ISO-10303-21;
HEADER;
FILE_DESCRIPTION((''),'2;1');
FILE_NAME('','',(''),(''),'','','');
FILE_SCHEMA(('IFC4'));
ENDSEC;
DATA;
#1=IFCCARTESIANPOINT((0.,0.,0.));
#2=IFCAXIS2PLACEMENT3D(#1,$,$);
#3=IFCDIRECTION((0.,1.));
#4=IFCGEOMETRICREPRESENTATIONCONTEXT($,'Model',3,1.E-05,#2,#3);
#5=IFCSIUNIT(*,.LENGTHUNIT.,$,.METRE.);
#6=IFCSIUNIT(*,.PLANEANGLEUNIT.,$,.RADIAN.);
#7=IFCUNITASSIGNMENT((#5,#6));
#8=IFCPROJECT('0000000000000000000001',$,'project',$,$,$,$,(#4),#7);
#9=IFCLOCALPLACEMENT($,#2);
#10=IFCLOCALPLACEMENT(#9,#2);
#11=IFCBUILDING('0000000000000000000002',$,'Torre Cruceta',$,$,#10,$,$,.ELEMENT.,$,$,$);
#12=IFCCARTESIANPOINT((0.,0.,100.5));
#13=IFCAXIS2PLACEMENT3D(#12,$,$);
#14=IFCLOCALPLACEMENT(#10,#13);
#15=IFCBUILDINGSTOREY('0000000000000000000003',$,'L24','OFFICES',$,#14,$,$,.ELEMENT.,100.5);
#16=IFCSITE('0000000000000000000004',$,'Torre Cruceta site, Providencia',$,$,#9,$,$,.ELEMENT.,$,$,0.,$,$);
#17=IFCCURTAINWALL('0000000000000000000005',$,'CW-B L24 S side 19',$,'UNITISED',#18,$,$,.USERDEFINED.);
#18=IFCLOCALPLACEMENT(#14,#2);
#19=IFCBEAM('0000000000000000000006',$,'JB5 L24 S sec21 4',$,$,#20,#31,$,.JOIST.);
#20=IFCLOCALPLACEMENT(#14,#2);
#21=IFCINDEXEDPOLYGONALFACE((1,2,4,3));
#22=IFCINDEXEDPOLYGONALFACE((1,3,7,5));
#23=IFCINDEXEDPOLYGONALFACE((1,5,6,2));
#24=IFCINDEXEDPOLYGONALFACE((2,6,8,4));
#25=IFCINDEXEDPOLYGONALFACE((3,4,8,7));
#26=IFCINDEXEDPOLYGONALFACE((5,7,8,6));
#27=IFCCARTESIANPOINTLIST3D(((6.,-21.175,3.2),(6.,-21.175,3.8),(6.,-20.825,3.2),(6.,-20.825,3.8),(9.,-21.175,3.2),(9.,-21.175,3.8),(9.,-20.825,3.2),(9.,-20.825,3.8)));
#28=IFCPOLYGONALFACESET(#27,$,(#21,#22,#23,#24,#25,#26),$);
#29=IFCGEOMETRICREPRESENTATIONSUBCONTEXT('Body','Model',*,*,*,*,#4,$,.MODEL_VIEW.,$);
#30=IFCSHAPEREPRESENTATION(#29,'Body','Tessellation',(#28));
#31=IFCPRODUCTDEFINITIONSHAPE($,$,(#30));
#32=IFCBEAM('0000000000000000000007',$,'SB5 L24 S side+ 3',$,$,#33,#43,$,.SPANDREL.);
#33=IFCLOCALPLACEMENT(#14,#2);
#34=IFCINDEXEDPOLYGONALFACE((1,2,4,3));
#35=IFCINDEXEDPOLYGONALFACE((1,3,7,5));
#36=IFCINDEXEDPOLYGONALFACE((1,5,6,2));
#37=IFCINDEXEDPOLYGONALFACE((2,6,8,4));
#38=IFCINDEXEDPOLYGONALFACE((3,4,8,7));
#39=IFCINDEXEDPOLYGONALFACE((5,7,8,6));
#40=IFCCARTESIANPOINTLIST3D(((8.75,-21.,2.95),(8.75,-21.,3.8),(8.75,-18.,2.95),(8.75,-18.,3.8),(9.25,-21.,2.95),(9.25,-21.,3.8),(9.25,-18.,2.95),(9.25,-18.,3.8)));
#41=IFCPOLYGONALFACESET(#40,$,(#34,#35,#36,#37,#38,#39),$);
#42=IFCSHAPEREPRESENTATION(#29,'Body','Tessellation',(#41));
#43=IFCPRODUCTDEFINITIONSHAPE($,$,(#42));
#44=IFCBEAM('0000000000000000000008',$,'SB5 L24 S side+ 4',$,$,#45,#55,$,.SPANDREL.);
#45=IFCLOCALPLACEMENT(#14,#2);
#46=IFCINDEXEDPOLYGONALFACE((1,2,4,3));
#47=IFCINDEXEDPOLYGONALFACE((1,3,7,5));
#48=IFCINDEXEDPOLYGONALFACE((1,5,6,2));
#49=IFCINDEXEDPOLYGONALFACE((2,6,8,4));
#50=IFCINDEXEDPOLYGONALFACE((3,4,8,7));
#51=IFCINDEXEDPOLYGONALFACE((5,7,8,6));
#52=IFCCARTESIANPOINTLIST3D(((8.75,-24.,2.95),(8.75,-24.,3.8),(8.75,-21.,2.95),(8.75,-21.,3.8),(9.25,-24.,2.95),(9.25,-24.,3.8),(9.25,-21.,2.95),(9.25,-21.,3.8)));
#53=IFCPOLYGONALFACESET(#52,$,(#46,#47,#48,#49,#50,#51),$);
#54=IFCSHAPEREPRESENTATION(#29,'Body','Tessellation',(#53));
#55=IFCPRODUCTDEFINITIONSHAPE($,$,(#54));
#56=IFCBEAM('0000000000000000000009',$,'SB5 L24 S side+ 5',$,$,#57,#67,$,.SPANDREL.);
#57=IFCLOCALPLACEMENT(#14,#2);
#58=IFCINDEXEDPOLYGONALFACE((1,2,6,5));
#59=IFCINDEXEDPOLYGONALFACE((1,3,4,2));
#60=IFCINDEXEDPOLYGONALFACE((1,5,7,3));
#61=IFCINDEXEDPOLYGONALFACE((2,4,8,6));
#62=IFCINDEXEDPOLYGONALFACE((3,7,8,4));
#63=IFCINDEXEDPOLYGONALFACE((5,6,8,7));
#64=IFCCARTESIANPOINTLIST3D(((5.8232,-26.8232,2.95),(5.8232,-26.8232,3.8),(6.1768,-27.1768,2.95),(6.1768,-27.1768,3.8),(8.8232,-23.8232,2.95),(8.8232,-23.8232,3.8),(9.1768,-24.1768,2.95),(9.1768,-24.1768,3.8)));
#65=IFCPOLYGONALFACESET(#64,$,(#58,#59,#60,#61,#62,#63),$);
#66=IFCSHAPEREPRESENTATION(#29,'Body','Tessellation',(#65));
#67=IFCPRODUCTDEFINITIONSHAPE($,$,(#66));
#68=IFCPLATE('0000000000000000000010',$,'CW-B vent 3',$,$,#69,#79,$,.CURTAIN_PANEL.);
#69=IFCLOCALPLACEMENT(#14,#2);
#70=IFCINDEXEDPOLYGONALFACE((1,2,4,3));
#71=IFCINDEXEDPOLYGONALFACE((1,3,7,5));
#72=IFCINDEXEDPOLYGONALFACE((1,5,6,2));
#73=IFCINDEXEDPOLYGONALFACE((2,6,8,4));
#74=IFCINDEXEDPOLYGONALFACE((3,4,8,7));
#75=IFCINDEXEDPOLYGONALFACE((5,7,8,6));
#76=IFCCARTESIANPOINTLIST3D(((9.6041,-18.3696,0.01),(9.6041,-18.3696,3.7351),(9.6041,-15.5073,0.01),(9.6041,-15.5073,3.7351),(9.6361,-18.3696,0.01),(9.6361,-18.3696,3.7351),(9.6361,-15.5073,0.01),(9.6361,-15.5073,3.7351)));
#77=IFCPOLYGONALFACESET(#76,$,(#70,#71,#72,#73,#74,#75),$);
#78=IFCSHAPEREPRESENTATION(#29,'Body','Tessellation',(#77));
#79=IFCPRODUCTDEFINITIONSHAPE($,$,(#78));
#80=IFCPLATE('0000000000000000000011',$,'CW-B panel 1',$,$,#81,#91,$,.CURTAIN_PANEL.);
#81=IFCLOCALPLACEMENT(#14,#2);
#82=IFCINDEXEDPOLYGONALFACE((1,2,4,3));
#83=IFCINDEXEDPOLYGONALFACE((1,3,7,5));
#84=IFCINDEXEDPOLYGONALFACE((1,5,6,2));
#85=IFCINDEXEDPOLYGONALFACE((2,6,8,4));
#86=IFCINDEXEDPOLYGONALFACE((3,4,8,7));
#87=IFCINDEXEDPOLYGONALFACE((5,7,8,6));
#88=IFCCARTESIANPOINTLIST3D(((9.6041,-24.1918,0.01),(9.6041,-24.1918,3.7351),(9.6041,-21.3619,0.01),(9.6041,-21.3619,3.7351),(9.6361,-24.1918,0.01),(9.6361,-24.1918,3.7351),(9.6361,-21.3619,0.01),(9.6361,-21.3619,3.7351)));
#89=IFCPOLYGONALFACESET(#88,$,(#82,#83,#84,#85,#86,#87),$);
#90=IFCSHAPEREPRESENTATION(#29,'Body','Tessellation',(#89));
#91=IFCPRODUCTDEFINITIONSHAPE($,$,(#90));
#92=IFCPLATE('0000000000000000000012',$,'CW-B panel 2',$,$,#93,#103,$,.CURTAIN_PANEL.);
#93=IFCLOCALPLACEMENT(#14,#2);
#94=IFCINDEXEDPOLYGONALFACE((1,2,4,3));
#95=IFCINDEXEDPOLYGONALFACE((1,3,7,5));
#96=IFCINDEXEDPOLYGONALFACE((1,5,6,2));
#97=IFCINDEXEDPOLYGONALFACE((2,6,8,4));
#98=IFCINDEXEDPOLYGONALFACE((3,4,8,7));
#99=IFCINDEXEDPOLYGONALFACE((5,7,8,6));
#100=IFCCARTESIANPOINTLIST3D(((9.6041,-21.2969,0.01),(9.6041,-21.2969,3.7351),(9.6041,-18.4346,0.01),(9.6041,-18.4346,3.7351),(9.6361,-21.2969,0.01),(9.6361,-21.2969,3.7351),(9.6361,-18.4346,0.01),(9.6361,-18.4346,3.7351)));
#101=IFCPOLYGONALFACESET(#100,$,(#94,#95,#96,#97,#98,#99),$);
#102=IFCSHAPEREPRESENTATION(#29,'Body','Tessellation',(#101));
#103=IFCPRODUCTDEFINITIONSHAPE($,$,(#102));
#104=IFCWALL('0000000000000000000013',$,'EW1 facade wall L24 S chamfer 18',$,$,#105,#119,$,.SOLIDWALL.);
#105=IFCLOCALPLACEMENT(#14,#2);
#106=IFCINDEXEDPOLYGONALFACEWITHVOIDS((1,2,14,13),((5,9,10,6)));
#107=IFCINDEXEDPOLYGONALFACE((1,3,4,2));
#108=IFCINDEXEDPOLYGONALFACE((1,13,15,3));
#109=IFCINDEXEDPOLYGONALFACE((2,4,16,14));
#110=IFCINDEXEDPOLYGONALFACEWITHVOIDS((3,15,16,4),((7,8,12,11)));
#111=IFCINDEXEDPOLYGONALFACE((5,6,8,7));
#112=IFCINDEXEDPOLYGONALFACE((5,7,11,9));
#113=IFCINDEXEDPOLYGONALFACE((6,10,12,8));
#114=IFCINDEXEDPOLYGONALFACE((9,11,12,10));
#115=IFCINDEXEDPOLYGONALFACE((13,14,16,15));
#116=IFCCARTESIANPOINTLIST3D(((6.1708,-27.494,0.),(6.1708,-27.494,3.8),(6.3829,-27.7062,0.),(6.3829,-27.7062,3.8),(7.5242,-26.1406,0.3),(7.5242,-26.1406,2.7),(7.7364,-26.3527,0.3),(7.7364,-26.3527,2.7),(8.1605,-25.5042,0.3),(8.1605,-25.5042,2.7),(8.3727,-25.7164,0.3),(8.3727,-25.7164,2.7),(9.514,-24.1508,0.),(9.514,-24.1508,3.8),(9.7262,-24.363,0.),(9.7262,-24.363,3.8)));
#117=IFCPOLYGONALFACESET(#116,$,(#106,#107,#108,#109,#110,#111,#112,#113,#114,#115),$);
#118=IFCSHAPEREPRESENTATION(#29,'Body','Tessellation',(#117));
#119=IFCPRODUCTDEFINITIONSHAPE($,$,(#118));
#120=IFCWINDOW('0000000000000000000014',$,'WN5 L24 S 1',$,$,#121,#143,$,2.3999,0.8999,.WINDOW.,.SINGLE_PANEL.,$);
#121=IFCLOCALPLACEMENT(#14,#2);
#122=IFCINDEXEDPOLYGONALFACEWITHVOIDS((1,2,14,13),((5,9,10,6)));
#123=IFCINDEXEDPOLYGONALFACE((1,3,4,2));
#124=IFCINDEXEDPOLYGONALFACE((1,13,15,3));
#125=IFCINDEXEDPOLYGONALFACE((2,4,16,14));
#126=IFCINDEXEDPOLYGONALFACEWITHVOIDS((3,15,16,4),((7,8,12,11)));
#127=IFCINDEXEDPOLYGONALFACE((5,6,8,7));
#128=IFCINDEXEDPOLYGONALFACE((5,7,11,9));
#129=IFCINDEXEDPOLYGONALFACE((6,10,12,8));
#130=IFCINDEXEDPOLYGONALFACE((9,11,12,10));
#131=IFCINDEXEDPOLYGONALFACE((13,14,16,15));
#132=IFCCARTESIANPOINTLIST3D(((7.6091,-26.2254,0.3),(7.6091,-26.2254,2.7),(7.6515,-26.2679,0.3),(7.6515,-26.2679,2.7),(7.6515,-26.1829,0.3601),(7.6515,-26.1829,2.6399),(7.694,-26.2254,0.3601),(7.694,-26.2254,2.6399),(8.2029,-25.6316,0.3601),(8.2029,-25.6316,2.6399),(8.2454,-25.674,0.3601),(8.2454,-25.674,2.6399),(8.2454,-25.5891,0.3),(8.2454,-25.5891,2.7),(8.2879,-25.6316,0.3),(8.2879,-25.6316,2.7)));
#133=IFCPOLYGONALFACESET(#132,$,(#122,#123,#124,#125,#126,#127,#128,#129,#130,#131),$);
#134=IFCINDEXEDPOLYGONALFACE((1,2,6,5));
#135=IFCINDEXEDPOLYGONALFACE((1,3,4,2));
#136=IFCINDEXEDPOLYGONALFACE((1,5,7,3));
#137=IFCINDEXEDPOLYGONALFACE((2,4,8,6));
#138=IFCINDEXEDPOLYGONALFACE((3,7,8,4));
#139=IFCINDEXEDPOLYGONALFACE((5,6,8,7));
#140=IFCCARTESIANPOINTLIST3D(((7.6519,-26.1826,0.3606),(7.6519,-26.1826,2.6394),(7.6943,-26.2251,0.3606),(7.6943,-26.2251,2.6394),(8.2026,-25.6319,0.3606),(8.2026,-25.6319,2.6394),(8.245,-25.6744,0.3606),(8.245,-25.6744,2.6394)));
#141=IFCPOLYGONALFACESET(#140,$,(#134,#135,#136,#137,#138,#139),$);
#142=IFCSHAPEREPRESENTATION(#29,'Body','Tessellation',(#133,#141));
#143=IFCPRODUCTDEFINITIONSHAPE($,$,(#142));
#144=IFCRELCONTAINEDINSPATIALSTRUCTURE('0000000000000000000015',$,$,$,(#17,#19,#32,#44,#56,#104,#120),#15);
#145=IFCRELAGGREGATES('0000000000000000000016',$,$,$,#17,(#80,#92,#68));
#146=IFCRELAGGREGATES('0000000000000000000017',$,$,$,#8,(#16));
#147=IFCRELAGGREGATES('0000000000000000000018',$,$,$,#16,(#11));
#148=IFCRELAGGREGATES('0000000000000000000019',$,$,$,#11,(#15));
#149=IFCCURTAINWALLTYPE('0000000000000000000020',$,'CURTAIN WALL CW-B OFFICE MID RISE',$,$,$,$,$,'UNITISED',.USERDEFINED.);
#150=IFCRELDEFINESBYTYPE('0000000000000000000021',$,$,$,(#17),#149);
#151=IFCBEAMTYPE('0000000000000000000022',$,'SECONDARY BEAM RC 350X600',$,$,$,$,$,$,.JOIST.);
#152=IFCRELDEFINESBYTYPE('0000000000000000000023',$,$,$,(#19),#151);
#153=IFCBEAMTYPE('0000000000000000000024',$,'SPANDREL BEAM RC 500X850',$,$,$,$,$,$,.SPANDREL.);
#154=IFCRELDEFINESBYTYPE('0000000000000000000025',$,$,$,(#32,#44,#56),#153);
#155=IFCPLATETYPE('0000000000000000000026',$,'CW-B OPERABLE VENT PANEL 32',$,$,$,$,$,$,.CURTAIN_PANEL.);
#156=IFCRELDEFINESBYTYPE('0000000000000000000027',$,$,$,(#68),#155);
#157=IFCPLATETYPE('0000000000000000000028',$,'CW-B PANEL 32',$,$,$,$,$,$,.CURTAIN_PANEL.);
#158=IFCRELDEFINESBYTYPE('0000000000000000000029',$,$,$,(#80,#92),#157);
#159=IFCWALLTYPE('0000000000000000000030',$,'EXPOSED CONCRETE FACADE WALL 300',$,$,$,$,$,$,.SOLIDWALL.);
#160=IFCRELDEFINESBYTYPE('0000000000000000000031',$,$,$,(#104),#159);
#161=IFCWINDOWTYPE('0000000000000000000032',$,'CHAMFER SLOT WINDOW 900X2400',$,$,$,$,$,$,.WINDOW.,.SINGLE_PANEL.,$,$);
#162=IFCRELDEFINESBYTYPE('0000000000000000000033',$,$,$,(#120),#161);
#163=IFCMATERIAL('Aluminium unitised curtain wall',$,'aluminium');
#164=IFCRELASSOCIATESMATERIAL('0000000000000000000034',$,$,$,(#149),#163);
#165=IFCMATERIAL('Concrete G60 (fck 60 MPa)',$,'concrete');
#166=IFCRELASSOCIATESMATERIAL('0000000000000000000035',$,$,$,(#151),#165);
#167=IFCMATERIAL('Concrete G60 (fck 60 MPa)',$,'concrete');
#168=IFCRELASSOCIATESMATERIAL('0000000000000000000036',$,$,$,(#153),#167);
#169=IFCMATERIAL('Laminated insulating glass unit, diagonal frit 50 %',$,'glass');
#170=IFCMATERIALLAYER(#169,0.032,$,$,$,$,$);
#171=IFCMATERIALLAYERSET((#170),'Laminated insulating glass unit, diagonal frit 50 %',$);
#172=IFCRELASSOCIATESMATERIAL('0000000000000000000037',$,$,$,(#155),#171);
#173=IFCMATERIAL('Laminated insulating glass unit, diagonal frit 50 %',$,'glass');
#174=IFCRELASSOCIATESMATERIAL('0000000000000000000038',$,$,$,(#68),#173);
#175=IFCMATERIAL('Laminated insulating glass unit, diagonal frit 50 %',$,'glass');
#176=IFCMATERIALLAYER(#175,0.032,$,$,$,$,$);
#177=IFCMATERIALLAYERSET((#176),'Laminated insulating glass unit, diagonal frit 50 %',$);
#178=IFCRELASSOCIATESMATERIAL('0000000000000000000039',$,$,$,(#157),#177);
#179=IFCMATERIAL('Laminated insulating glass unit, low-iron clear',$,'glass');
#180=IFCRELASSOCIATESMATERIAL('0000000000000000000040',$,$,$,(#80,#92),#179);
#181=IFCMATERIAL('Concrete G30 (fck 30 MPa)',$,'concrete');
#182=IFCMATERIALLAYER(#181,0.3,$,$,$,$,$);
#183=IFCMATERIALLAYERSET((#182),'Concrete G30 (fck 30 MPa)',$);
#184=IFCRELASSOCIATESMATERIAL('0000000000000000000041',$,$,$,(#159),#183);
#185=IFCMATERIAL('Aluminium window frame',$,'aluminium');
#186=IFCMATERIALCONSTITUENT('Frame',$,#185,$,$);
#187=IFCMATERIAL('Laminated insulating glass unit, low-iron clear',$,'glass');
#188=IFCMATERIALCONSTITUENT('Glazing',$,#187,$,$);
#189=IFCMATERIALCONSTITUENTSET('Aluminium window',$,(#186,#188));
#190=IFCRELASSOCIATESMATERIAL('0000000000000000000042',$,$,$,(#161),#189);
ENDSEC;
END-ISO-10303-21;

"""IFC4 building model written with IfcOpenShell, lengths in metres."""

from ifc_helpers import new_model, si_unit, direction, frame, frame_2d, origin, origin_2d, place, context, subcontext, project, spatial, rectangle, hollow_rectangle, extrude, material, layer, layer_set, constituent, constituent_set, material_profile, profile_set, type_object, element, fill, aggregate, save


model = new_model("IFC4")

# Units and contexts
model_context = context("Model", 3, precision=1e-05, world=origin(), true_north=direction((0.0, 1.0)))
body_context = subcontext(model_context, "Body", "Model", "MODEL_VIEW")
ifc_project = project(units=[si_unit("LENGTHUNIT", "METRE"), si_unit("PLANEANGLEUNIT", "RADIAN")], contexts=[model_context])

# Site, building, storey
site_placement = place(None, origin())
site = spatial("IfcSite", under=ifc_project, at=site_placement, Name="Torre Cruceta site, Providencia", CompositionType="ELEMENT", RefElevation=0.0)
building_placement = place(site_placement, origin())
building = spatial("IfcBuilding", under=site, at=building_placement, Name="Torre Cruceta", CompositionType="ELEMENT")
storey_placement = place(building_placement, frame((0.0, 0.0, 100.5)))
storey = spatial("IfcBuildingStorey", under=building, at=storey_placement, Name="L24", Description="OFFICES", CompositionType="ELEMENT", Elevation=100.5)

# Curtain wall
ifc_material_1 = material(Name="Aluminium unitised curtain wall", Category="aluminium")
curtain_wall_type = type_object("IfcCurtainWallType", Name="CURTAIN WALL CW-B OFFICE MID RISE", ElementType="UNITISED", PredefinedType="USERDEFINED", material=ifc_material_1)
curtain_wall_placement = place(storey_placement, origin())
curtain_wall = element("IfcCurtainWall", 1, at=curtain_wall_placement, inside=storey, type_object=curtain_wall_type, Name="CW-B L24 S side 19", ObjectType="UNITISED", PredefinedType="USERDEFINED")

# Beams
ifc_material_2 = material(Name="Concrete G60 (fck 60 MPa)", Category="concrete")
ifc_material_profile_1 = material_profile(ifc_material_2, rectangle(XDim=0.3501, YDim=0.6001, at=origin_2d()), Name="RC 350X600")
ifc_profile_set_1 = profile_set([ifc_material_profile_1], Name="Concrete G60 (fck 60 MPa)")
beam_type_1 = type_object("IfcBeamType", Name="SECONDARY BEAM RC 350X600", PredefinedType="JOIST", material=ifc_profile_set_1)
beam_1_placement = place(storey_placement, frame((6.0, -21.0, 3.5), z_axis=(1.0, 0.0, 0.0), x_axis=(0.0, 1.0, 0.0)))
element("IfcBeam", 2, at=beam_1_placement, inside=storey, type_object=beam_type_1, Name="JB5 L24 S sec21 4", PredefinedType="JOIST", context=body_context, shape_type="SweptSolid", body=[
    extrude(rectangle(XDim=0.3501, YDim=0.6001, at=origin_2d()), origin(), (0.0, 0.0, 1.0), 3.0),
])
ifc_material_3 = material(Name="Concrete G60 (fck 60 MPa)", Category="concrete")
ifc_material_profile_2 = material_profile(ifc_material_3, rectangle(XDim=0.5, YDim=0.8501, at=origin_2d()), Name="RC 500X850")
ifc_profile_set_2 = profile_set([ifc_material_profile_2], Name="Concrete G60 (fck 60 MPa)")
beam_type_2 = type_object("IfcBeamType", Name="SPANDREL BEAM RC 500X850", PredefinedType="SPANDREL", material=ifc_profile_set_2)
for number, where, z_axis, x_axis, name in (
    (3, (9.0, -18.0, 3.375), (0.0, -1.0, 0.0), (1.0, 0.0, 0.0), "SB5 L24 S side+ 3"),
    (4, (9.0, -21.0, 3.375), (0.0, -1.0, 0.0), (1.0, 0.0, 0.0), "SB5 L24 S side+ 4"),
):
    element("IfcBeam", number, at=place(storey_placement, frame(where, z_axis=z_axis, x_axis=x_axis)), inside=storey, type_object=beam_type_2, Name=name, PredefinedType="SPANDREL", context=body_context, shape_type="SweptSolid", body=[
        extrude(rectangle(XDim=0.5, YDim=0.8501, at=origin_2d()), origin(), (0.0, 0.0, 1.0), 3.0),
    ])
beam_2_placement = place(storey_placement, frame((9.0, -24.0, 3.375), z_axis=(-0.707107, -0.707107, 0.0), x_axis=(0.707107, -0.707107, 0.0)))
element("IfcBeam", 5, at=beam_2_placement, inside=storey, type_object=beam_type_2, Name="SB5 L24 S side+ 5", PredefinedType="SPANDREL", context=body_context, shape_type="SweptSolid", body=[
    extrude(rectangle(XDim=0.5, YDim=0.8501, at=origin_2d()), origin(), (0.0, 0.0, 1.0), 4.2427),
])

# Plates
ifc_material_4 = material(Name="Laminated insulating glass unit, diagonal frit 50 %", Category="glass")
ifc_material_5 = material(Name="Laminated insulating glass unit, diagonal frit 50 %", Category="glass")
ifc_layer_1 = layer(ifc_material_5, 0.032)
ifc_layer_set_1 = layer_set([ifc_layer_1], Name="Laminated insulating glass unit, diagonal frit 50 %")
plate_type_1 = type_object("IfcPlateType", Name="CW-B OPERABLE VENT PANEL 32", PredefinedType="CURTAIN_PANEL", material=ifc_layer_set_1)
plate_1_placement = place(storey_placement, frame((9.6201, -16.9385, 0.01), z_axis=(0.0, 0.0, 1.0), x_axis=(0.0, 1.0, 0.0)))
plate_1 = element("IfcPlate", 6, at=plate_1_placement, type_object=plate_type_1, material=ifc_material_4, Name="CW-B vent 3", PredefinedType="CURTAIN_PANEL", context=body_context, shape_type="SweptSolid", body=[
    extrude(rectangle(XDim=2.8623, YDim=0.032, at=origin_2d()), origin(), (0.0, 0.0, 1.0), 3.7251),
])
ifc_material_6 = material(Name="Laminated insulating glass unit, low-iron clear", Category="glass")
ifc_material_7 = material(Name="Laminated insulating glass unit, diagonal frit 50 %", Category="glass")
ifc_layer_2 = layer(ifc_material_7, 0.032)
ifc_layer_set_2 = layer_set([ifc_layer_2], Name="Laminated insulating glass unit, diagonal frit 50 %")
plate_type_2 = type_object("IfcPlateType", Name="CW-B PANEL 32", PredefinedType="CURTAIN_PANEL", material=ifc_layer_set_2)
plate_2_placement = place(storey_placement, frame((9.6201, -22.7769, 0.01), z_axis=(0.0, 0.0, 1.0), x_axis=(0.0, 1.0, 0.0)))
plate_2 = element("IfcPlate", 7, at=plate_2_placement, type_object=plate_type_2, material=ifc_material_6, Name="CW-B panel 1", PredefinedType="CURTAIN_PANEL", context=body_context, shape_type="SweptSolid", body=[
    extrude(rectangle(XDim=2.8298, YDim=0.032, at=origin_2d()), origin(), (0.0, 0.0, 1.0), 3.7251),
])
plate_3_placement = place(storey_placement, frame((9.6201, -19.8657, 0.01), z_axis=(0.0, 0.0, 1.0), x_axis=(0.0, 1.0, 0.0)))
plate_3 = element("IfcPlate", 8, at=plate_3_placement, type_object=plate_type_2, material=ifc_material_6, Name="CW-B panel 2", PredefinedType="CURTAIN_PANEL", context=body_context, shape_type="SweptSolid", body=[
    extrude(rectangle(XDim=2.8623, YDim=0.032, at=origin_2d()), origin(), (0.0, 0.0, 1.0), 3.7251),
])
aggregate(curtain_wall, [plate_2, plate_3, plate_1])

# Wall, opening, window
ifc_material_8 = material(Name="Concrete G30 (fck 30 MPa)", Category="concrete")
ifc_layer_3 = layer(ifc_material_8, 0.3)
ifc_layer_set_3 = layer_set([ifc_layer_3], Name="Concrete G30 (fck 30 MPa)")
wall_type = type_object("IfcWallType", Name="EXPOSED CONCRETE FACADE WALL 300", PredefinedType="SOLIDWALL", material=ifc_layer_set_3)
wall_placement = place(storey_placement, frame((6.2769, -27.6001, 0.0), z_axis=(0.0, 0.0, 1.0), x_axis=(0.707107, 0.707107, 0.0)))
wall = element("IfcWall", 9, at=wall_placement, inside=storey, type_object=wall_type, Name="EW1 facade wall L24 S chamfer 18", PredefinedType="SOLIDWALL", context=body_context, shape_type="SweptSolid", body=[
    extrude(rectangle(XDim=4.728, YDim=0.3, at=frame_2d((2.364, 0.0))), origin(), (0.0, 0.0, 1.0), 3.8),
])
opening_placement = place(wall_placement, frame((1.9141, 0.0, 0.3)))
opening = element("IfcOpeningElement", 10, at=opening_placement, cuts=wall, PredefinedType="OPENING", context=body_context, shape_type="SweptSolid", body=[
    extrude(rectangle(XDim=0.8999, YDim=2.3999, at=frame_2d((0.45, 1.2))), frame((0.0, 0.1599, 0.0), z_axis=(0.0, -1.0, 0.0), x_axis=(1.0, 0.0, 0.0)), (0.0, 0.0, 1.0), 0.3201),
])
ifc_material_9 = material(Name="Aluminium window frame", Category="aluminium")
ifc_constituent_1 = constituent(ifc_material_9, Name="Frame")
ifc_material_10 = material(Name="Laminated insulating glass unit, low-iron clear", Category="glass")
ifc_constituent_2 = constituent(ifc_material_10, Name="Glazing")
ifc_constituent_set = constituent_set(constituents=[ifc_constituent_1, ifc_constituent_2], Name="Aluminium window")
window_type = type_object("IfcWindowType", Name="CHAMFER SLOT WINDOW 900X2400", PartitioningType="SINGLE_PANEL", PredefinedType="WINDOW", material=ifc_constituent_set)
window_placement = place(opening_placement, origin())
window = element("IfcWindow", 11, at=window_placement, inside=storey, type_object=window_type, Name="WN5 L24 S 1", OverallHeight=2.3999, OverallWidth=0.8999, PartitioningType="SINGLE_PANEL", PredefinedType="WINDOW", context=body_context, shape_type="SweptSolid", body=[
    extrude(hollow_rectangle(XDim=0.8999, YDim=2.3999, WallThickness=0.0601, at=frame_2d((0.45, 1.2))), frame((0.0, 0.03, 0.0), z_axis=(0.0, -1.0, 0.0), x_axis=(1.0, 0.0, 0.0)), (0.0, 0.0, 1.0), 0.0601),
    extrude(rectangle(XDim=0.7788, YDim=2.2788, at=frame_2d((0.45, 1.2))), frame((0.0, 0.03, 0.0), z_axis=(0.0, -1.0, 0.0), x_axis=(1.0, 0.0, 0.0)), (0.0, 0.0, 1.0), 0.0601),
])
fill(opening, window)

save(model, "model.ifc")
